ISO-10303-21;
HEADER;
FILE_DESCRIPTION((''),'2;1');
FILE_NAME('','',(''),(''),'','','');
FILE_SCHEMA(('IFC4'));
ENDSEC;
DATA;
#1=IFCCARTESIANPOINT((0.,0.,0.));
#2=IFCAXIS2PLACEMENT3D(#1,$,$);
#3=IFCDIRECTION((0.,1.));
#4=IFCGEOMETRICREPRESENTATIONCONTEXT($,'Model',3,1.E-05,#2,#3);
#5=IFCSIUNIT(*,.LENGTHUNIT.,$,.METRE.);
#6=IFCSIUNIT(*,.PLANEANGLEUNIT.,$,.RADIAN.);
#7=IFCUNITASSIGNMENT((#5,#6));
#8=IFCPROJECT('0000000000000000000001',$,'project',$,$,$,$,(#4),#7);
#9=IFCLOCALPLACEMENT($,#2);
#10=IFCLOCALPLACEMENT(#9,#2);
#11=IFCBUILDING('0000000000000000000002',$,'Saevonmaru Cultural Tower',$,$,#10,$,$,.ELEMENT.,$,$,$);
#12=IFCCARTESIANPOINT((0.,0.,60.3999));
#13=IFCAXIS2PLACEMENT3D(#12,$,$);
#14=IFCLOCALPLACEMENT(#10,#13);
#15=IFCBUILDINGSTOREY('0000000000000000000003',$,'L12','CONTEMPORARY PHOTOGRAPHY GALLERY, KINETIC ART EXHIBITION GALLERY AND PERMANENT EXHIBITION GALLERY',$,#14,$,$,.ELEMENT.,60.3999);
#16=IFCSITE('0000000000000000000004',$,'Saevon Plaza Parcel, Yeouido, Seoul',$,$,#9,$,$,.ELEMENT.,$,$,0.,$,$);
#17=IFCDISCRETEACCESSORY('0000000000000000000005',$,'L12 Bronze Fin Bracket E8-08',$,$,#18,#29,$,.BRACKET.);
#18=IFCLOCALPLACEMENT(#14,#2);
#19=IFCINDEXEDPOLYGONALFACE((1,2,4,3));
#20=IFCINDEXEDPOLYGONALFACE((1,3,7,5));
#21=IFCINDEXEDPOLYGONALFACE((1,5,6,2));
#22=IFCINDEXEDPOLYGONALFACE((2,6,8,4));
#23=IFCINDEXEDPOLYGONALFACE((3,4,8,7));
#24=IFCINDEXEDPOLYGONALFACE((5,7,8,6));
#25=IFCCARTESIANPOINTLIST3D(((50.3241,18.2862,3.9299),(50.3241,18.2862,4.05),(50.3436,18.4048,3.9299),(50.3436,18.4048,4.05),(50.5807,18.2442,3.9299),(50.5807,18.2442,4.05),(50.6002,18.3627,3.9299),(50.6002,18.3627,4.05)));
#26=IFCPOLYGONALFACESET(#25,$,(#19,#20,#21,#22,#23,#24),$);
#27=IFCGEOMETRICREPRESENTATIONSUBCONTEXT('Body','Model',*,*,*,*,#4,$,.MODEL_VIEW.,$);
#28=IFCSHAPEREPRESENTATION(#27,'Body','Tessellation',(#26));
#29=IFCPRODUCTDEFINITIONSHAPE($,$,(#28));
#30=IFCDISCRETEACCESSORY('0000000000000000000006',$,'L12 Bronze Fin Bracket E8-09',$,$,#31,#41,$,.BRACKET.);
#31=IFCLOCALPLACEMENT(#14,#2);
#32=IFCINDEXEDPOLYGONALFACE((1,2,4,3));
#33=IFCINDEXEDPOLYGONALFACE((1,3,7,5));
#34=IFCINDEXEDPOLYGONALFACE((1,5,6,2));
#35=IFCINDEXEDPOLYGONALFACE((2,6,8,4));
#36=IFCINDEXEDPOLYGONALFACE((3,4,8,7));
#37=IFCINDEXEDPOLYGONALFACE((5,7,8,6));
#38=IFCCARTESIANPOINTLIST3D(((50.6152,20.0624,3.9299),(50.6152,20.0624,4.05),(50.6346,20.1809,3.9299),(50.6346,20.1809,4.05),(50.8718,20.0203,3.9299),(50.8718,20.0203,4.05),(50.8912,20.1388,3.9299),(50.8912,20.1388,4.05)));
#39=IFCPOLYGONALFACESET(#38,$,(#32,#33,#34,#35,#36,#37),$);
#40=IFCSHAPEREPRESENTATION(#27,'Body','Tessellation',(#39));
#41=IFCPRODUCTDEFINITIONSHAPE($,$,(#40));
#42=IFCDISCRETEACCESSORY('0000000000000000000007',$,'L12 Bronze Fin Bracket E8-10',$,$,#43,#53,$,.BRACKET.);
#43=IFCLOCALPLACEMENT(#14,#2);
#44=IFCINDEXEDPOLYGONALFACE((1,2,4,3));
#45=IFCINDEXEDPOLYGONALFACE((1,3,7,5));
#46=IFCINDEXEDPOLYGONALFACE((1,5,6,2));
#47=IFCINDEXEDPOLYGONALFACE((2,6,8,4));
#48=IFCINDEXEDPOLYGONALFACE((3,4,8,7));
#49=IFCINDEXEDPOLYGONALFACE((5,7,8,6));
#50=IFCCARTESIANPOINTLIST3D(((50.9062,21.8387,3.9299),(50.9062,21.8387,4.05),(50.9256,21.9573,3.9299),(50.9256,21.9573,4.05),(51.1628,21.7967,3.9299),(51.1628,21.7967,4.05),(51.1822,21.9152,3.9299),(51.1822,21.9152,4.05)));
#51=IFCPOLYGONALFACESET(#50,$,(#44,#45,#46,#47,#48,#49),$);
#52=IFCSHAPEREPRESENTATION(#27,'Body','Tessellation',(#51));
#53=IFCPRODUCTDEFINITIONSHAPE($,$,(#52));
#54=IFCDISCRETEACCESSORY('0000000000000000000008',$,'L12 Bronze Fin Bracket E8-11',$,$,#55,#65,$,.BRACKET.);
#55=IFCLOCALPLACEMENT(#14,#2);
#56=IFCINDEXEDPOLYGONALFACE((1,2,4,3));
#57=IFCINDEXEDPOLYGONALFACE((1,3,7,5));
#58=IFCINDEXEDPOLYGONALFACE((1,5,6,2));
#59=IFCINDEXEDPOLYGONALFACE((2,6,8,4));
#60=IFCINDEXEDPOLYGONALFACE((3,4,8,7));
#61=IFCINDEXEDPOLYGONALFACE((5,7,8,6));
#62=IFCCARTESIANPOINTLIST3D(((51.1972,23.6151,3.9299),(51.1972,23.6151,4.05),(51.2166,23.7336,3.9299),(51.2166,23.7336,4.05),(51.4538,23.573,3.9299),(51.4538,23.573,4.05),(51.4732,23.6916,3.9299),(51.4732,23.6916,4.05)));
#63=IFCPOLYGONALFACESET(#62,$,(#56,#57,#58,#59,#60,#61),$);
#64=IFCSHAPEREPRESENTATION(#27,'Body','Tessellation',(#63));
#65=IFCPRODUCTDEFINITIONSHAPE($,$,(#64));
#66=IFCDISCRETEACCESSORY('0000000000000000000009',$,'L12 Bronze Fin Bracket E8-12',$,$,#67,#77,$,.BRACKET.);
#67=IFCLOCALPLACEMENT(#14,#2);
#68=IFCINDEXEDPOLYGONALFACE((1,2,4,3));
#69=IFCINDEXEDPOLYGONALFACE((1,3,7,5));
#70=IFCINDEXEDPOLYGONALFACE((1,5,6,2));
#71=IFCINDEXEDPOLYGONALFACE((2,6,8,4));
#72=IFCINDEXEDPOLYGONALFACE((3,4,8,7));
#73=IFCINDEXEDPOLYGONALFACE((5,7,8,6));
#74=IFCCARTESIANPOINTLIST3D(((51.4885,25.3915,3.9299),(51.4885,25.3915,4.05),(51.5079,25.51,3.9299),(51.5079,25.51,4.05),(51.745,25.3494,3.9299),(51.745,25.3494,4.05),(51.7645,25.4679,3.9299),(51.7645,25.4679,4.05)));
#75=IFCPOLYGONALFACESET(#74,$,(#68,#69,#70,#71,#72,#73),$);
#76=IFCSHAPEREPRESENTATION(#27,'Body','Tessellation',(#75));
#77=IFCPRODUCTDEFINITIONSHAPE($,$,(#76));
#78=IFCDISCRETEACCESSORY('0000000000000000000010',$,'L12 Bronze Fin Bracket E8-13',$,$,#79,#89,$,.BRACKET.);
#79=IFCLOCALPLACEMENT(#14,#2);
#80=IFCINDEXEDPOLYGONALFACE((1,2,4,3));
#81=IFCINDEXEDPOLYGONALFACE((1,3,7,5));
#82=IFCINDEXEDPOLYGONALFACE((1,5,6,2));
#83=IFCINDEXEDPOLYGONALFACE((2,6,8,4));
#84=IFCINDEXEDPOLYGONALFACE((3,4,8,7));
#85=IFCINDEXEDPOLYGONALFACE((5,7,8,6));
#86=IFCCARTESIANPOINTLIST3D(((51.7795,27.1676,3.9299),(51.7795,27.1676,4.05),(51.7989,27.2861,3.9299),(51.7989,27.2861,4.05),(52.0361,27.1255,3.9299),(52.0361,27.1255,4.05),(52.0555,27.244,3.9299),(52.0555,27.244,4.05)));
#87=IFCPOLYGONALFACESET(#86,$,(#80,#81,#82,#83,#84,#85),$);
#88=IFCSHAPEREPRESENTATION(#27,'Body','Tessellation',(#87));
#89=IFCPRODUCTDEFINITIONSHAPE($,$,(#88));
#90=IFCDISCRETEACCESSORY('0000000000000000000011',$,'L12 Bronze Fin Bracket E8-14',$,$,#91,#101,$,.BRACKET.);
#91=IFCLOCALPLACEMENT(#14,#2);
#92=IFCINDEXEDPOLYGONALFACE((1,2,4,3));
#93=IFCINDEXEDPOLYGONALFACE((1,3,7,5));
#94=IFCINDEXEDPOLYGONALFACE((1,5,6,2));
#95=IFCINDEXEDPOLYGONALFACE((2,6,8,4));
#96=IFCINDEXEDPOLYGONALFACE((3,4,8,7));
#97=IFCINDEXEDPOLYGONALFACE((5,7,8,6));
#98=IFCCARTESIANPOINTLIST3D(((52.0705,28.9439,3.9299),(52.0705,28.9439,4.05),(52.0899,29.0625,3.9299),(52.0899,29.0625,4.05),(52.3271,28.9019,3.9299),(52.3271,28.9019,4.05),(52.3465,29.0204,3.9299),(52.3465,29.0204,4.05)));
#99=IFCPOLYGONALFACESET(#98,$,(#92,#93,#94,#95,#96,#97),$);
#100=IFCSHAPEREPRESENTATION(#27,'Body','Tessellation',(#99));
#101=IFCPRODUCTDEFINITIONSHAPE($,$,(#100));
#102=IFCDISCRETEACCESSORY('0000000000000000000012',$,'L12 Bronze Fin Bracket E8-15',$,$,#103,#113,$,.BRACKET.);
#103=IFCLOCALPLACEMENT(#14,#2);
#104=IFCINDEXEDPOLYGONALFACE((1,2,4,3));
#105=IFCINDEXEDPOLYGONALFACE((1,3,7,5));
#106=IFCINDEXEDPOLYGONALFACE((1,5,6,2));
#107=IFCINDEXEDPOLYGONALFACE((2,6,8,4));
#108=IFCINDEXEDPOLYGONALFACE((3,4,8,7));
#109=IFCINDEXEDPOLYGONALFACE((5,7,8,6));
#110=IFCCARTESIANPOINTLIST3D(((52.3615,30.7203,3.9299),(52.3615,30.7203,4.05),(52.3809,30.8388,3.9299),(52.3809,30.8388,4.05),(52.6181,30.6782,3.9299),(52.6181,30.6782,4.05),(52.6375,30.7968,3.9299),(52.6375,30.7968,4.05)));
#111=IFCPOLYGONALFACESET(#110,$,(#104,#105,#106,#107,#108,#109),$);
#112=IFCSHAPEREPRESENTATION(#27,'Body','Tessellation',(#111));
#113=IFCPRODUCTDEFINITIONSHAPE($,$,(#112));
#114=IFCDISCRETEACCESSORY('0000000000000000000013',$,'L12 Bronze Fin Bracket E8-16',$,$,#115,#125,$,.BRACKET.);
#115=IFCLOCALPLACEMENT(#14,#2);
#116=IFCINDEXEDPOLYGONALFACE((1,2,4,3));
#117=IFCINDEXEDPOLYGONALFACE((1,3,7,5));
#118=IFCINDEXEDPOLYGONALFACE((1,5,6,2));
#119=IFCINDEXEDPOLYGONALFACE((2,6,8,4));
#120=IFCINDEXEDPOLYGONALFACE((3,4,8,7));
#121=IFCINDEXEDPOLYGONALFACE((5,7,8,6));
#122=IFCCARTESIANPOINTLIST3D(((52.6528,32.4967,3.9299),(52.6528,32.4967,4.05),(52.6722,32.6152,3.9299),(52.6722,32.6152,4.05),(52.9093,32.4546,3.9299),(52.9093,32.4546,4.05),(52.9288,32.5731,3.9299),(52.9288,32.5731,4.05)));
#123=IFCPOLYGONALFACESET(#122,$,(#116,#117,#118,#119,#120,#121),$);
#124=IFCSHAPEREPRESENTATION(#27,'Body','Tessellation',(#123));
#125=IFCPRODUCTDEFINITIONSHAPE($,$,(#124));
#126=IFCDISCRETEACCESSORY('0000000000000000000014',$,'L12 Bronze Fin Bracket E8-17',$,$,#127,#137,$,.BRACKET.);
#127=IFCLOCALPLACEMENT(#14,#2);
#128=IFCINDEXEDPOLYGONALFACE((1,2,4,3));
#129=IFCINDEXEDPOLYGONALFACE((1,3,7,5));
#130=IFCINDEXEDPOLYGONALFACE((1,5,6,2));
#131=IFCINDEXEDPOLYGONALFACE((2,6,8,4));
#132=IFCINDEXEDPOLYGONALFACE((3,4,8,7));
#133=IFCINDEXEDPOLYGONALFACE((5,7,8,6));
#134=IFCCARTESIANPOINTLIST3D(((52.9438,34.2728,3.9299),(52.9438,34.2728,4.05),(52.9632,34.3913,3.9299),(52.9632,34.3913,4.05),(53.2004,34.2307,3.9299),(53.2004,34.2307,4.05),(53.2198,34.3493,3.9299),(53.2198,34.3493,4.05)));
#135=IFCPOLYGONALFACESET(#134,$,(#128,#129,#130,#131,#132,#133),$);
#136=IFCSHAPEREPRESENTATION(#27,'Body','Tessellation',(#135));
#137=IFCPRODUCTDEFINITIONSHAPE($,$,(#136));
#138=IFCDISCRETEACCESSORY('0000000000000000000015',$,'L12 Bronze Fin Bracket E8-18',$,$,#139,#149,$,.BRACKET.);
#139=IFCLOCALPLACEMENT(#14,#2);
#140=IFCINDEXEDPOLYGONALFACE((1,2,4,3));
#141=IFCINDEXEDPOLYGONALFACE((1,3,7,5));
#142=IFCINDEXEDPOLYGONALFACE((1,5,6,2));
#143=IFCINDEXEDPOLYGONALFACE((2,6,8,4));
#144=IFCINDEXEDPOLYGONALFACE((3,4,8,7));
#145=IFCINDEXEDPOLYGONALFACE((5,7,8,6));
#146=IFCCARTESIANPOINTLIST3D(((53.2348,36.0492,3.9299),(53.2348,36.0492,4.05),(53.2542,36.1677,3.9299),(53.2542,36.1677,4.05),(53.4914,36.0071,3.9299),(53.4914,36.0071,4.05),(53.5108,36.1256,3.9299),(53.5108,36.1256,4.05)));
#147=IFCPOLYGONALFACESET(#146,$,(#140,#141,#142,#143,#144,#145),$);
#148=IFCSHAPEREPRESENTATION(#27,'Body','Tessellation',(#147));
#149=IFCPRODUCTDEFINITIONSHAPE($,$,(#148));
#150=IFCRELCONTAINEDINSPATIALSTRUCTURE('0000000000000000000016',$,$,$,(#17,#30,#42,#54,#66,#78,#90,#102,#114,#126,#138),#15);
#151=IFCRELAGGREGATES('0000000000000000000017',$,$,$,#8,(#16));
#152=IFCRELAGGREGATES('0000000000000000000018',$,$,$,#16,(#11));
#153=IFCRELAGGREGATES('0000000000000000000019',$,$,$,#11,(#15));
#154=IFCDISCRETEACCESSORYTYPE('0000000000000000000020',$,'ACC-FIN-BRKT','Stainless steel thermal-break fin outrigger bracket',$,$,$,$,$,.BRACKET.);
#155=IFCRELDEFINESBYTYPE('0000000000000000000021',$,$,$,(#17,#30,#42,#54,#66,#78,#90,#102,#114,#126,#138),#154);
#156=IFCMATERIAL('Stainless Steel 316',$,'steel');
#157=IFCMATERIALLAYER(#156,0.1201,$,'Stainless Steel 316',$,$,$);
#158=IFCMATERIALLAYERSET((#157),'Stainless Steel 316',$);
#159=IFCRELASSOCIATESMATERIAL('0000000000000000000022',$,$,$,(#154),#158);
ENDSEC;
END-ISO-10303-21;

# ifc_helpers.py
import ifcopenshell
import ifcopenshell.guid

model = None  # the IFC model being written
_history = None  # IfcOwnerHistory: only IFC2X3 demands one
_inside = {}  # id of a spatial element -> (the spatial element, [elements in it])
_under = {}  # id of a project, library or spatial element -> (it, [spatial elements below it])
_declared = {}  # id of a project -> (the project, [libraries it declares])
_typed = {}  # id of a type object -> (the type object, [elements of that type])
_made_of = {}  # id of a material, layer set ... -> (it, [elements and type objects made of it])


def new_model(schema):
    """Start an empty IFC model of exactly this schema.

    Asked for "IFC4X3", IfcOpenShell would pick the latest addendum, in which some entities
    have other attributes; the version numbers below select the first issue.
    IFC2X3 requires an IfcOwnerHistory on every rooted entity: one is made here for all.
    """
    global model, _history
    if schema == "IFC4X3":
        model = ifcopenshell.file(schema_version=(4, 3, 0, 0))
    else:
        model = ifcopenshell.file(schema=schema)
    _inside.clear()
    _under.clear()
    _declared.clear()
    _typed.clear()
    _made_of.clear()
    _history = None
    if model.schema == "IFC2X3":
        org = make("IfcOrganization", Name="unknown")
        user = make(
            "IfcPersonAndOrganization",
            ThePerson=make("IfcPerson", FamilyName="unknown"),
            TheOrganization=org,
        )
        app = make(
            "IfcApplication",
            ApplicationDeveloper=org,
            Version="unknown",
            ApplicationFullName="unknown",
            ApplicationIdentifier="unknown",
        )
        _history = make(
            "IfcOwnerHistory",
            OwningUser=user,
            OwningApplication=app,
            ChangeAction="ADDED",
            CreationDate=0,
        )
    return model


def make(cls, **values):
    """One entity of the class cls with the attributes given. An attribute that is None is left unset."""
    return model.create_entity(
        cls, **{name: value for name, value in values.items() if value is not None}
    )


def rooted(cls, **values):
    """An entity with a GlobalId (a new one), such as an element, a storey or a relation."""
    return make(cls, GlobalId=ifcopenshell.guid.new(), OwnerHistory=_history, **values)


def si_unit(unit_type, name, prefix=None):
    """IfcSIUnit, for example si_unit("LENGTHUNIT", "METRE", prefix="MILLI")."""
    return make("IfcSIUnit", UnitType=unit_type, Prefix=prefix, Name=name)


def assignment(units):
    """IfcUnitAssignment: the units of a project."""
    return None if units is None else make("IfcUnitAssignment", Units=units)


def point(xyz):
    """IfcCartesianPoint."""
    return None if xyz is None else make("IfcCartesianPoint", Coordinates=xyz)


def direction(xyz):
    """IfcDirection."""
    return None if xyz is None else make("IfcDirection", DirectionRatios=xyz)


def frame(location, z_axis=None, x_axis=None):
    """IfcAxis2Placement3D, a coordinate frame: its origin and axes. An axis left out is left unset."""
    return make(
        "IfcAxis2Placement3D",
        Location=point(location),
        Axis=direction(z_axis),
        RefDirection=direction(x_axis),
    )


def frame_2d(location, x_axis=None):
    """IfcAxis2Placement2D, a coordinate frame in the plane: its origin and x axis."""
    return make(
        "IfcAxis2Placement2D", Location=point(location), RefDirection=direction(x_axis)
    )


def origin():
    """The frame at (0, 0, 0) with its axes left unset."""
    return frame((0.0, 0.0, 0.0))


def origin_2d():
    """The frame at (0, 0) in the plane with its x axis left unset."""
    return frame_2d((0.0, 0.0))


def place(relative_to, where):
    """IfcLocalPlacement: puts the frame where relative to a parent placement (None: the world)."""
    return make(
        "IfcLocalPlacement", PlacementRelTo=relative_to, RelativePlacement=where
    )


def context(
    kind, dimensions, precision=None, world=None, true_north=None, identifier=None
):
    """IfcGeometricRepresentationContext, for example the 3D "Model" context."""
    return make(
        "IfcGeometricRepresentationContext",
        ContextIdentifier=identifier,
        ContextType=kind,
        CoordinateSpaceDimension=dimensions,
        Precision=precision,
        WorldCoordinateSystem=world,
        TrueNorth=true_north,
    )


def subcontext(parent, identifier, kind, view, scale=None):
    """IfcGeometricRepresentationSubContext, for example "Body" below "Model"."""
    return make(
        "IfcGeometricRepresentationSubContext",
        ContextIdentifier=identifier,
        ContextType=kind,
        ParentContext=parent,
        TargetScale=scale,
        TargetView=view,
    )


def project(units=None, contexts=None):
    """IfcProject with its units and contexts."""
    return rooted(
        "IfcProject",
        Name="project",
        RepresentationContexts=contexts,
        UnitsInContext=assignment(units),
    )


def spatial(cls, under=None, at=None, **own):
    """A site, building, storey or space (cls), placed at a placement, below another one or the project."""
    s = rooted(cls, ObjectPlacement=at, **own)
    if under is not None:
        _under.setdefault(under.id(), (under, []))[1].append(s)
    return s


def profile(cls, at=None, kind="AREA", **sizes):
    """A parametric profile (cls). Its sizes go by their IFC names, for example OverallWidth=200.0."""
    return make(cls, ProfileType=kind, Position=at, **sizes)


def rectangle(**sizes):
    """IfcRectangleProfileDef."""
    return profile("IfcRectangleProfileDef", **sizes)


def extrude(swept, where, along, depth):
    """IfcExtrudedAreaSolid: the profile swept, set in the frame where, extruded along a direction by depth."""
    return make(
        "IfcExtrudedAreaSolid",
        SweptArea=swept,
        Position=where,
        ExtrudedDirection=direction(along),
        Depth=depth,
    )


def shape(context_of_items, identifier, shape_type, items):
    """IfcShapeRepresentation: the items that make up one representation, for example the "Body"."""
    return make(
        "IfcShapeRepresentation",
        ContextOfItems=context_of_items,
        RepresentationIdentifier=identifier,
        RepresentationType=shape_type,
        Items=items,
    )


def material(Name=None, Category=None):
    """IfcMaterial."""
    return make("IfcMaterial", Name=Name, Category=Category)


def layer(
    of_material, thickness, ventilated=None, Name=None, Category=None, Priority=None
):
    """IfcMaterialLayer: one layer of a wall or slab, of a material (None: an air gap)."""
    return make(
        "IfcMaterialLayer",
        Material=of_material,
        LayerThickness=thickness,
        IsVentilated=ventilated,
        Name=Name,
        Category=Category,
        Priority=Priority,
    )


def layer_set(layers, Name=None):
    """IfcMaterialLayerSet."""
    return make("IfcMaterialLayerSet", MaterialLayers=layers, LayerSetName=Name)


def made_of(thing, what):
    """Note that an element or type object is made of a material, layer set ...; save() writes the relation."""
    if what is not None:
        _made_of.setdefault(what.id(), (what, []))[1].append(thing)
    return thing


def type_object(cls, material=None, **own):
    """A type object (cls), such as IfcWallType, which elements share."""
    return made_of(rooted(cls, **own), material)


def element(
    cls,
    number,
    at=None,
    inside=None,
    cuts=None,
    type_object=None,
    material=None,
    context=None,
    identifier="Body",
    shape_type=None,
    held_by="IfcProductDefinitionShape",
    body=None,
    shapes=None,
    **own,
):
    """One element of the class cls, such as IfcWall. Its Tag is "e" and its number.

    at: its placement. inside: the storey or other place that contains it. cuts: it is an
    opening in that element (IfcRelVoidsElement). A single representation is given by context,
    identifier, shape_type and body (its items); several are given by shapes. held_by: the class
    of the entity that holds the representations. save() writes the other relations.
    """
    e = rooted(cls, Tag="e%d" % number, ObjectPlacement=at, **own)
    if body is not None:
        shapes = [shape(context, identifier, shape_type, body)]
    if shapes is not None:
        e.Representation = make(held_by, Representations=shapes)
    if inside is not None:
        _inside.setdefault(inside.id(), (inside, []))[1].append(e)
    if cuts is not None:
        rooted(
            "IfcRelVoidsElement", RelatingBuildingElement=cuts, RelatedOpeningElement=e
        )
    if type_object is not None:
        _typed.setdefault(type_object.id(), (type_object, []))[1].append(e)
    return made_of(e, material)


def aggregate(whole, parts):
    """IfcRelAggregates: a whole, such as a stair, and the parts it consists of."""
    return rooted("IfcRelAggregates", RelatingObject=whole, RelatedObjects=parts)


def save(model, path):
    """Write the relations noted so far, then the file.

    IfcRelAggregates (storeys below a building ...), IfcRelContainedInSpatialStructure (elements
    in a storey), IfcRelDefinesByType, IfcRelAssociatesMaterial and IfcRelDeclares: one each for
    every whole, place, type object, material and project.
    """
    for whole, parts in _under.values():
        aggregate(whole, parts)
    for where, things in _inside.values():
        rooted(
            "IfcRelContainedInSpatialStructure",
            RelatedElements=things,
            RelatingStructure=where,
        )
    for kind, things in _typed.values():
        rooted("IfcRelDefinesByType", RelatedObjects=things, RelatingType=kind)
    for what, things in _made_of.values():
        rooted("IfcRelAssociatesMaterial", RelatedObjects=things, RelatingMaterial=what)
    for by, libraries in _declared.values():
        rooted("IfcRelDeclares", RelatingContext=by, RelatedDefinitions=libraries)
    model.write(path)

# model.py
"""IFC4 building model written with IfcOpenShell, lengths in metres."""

from ifc_helpers import new_model, si_unit, direction, frame, origin, origin_2d, place, context, subcontext, project, spatial, rectangle, extrude, material, layer, layer_set, type_object, element, save


model = new_model("IFC4")

# Units and contexts
model_context = context("Model", 3, precision=1e-05, world=origin(), true_north=direction((0.0, 1.0)))
body_context = subcontext(model_context, "Body", "Model", "MODEL_VIEW")
ifc_project = project(units=[si_unit("LENGTHUNIT", "METRE"), si_unit("PLANEANGLEUNIT", "RADIAN")], contexts=[model_context])

# Site, building, storey
site_placement = place(None, origin())
site = spatial("IfcSite", under=ifc_project, at=site_placement, Name="Saevon Plaza Parcel, Yeouido, Seoul", CompositionType="ELEMENT", RefElevation=0.0)
building_placement = place(site_placement, origin())
building = spatial("IfcBuilding", under=site, at=building_placement, Name="Saevonmaru Cultural Tower", CompositionType="ELEMENT")
storey_placement = place(building_placement, frame((0.0, 0.0, 60.3999)))
storey = spatial("IfcBuildingStorey", under=building, at=storey_placement, Name="L12", Description="CONTEMPORARY PHOTOGRAPHY GALLERY, KINETIC ART EXHIBITION GALLERY AND PERMANENT EXHIBITION GALLERY", CompositionType="ELEMENT", Elevation=60.3999)

# Discrete accessories
ifc_material_1 = material(Name="Stainless Steel 316", Category="steel")
ifc_layer_1 = layer(ifc_material_1, 0.1201, Name="Stainless Steel 316")
ifc_layer_set_1 = layer_set([ifc_layer_1], Name="Stainless Steel 316")
discrete_accessory_type = type_object("IfcDiscreteAccessoryType", Name="ACC-FIN-BRKT", Description="Stainless steel thermal-break fin outrigger bracket", PredefinedType="BRACKET", material=ifc_layer_set_1)
for number, where, z_axis, x_axis, name in (
    (1, (50.4622, 18.3245, 3.9299), (0.0, 0.0, 1.0), (0.986827, -0.161776, 0.0), "L12 Bronze Fin Bracket E8-08"),
    (2, (50.7532, 20.1006, 3.9299), (0.0, 0.0, 1.0), (0.986827, -0.161776, 0.0), "L12 Bronze Fin Bracket E8-09"),
    (3, (51.0442, 21.877, 3.9299), (0.0, 0.0, 1.0), (0.986827, -0.161776, 0.0), "L12 Bronze Fin Bracket E8-10"),
    (4, (51.3352, 23.6533, 3.9299), (0.0, 0.0, 1.0), (0.986827, -0.161776, 0.0), "L12 Bronze Fin Bracket E8-11"),
    (5, (51.6265, 25.4297, 3.9299), (0.0, 0.0, 1.0), (0.986827, -0.161776, 0.0), "L12 Bronze Fin Bracket E8-12"),
    (6, (51.9175, 27.2058, 3.9299), (0.0, 0.0, 1.0), (0.986827, -0.161776, 0.0), "L12 Bronze Fin Bracket E8-13"),
    (7, (52.2085, 28.9822, 3.9299), (0.0, 0.0, 1.0), (0.986827, -0.161776, 0.0), "L12 Bronze Fin Bracket E8-14"),
    (8, (52.4995, 30.7585, 3.9299), (0.0, 0.0, 1.0), (0.986827, -0.161776, 0.0), "L12 Bronze Fin Bracket E8-15"),
    (9, (52.7908, 32.5349, 3.9299), (0.0, 0.0, 1.0), (0.986827, -0.161776, 0.0), "L12 Bronze Fin Bracket E8-16"),
    (10, (53.0818, 34.311, 3.9299), (0.0, 0.0, 1.0), (0.986827, -0.161776, 0.0), "L12 Bronze Fin Bracket E8-17"),
    (11, (53.3728, 36.0874, 3.9299), (0.0, 0.0, 1.0), (0.986827, -0.161776, 0.0), "L12 Bronze Fin Bracket E8-18"),
):
    element("IfcDiscreteAccessory", number, at=place(storey_placement, frame(where, z_axis=z_axis, x_axis=x_axis)), inside=storey, type_object=discrete_accessory_type, Name=name, PredefinedType="BRACKET", context=body_context, shape_type="SweptSolid", body=[
        extrude(rectangle(XDim=0.26, YDim=0.1201, at=origin_2d()), origin(), (0.0, 0.0, 1.0), 0.1201),
    ])

save(model, "model.ifc")
